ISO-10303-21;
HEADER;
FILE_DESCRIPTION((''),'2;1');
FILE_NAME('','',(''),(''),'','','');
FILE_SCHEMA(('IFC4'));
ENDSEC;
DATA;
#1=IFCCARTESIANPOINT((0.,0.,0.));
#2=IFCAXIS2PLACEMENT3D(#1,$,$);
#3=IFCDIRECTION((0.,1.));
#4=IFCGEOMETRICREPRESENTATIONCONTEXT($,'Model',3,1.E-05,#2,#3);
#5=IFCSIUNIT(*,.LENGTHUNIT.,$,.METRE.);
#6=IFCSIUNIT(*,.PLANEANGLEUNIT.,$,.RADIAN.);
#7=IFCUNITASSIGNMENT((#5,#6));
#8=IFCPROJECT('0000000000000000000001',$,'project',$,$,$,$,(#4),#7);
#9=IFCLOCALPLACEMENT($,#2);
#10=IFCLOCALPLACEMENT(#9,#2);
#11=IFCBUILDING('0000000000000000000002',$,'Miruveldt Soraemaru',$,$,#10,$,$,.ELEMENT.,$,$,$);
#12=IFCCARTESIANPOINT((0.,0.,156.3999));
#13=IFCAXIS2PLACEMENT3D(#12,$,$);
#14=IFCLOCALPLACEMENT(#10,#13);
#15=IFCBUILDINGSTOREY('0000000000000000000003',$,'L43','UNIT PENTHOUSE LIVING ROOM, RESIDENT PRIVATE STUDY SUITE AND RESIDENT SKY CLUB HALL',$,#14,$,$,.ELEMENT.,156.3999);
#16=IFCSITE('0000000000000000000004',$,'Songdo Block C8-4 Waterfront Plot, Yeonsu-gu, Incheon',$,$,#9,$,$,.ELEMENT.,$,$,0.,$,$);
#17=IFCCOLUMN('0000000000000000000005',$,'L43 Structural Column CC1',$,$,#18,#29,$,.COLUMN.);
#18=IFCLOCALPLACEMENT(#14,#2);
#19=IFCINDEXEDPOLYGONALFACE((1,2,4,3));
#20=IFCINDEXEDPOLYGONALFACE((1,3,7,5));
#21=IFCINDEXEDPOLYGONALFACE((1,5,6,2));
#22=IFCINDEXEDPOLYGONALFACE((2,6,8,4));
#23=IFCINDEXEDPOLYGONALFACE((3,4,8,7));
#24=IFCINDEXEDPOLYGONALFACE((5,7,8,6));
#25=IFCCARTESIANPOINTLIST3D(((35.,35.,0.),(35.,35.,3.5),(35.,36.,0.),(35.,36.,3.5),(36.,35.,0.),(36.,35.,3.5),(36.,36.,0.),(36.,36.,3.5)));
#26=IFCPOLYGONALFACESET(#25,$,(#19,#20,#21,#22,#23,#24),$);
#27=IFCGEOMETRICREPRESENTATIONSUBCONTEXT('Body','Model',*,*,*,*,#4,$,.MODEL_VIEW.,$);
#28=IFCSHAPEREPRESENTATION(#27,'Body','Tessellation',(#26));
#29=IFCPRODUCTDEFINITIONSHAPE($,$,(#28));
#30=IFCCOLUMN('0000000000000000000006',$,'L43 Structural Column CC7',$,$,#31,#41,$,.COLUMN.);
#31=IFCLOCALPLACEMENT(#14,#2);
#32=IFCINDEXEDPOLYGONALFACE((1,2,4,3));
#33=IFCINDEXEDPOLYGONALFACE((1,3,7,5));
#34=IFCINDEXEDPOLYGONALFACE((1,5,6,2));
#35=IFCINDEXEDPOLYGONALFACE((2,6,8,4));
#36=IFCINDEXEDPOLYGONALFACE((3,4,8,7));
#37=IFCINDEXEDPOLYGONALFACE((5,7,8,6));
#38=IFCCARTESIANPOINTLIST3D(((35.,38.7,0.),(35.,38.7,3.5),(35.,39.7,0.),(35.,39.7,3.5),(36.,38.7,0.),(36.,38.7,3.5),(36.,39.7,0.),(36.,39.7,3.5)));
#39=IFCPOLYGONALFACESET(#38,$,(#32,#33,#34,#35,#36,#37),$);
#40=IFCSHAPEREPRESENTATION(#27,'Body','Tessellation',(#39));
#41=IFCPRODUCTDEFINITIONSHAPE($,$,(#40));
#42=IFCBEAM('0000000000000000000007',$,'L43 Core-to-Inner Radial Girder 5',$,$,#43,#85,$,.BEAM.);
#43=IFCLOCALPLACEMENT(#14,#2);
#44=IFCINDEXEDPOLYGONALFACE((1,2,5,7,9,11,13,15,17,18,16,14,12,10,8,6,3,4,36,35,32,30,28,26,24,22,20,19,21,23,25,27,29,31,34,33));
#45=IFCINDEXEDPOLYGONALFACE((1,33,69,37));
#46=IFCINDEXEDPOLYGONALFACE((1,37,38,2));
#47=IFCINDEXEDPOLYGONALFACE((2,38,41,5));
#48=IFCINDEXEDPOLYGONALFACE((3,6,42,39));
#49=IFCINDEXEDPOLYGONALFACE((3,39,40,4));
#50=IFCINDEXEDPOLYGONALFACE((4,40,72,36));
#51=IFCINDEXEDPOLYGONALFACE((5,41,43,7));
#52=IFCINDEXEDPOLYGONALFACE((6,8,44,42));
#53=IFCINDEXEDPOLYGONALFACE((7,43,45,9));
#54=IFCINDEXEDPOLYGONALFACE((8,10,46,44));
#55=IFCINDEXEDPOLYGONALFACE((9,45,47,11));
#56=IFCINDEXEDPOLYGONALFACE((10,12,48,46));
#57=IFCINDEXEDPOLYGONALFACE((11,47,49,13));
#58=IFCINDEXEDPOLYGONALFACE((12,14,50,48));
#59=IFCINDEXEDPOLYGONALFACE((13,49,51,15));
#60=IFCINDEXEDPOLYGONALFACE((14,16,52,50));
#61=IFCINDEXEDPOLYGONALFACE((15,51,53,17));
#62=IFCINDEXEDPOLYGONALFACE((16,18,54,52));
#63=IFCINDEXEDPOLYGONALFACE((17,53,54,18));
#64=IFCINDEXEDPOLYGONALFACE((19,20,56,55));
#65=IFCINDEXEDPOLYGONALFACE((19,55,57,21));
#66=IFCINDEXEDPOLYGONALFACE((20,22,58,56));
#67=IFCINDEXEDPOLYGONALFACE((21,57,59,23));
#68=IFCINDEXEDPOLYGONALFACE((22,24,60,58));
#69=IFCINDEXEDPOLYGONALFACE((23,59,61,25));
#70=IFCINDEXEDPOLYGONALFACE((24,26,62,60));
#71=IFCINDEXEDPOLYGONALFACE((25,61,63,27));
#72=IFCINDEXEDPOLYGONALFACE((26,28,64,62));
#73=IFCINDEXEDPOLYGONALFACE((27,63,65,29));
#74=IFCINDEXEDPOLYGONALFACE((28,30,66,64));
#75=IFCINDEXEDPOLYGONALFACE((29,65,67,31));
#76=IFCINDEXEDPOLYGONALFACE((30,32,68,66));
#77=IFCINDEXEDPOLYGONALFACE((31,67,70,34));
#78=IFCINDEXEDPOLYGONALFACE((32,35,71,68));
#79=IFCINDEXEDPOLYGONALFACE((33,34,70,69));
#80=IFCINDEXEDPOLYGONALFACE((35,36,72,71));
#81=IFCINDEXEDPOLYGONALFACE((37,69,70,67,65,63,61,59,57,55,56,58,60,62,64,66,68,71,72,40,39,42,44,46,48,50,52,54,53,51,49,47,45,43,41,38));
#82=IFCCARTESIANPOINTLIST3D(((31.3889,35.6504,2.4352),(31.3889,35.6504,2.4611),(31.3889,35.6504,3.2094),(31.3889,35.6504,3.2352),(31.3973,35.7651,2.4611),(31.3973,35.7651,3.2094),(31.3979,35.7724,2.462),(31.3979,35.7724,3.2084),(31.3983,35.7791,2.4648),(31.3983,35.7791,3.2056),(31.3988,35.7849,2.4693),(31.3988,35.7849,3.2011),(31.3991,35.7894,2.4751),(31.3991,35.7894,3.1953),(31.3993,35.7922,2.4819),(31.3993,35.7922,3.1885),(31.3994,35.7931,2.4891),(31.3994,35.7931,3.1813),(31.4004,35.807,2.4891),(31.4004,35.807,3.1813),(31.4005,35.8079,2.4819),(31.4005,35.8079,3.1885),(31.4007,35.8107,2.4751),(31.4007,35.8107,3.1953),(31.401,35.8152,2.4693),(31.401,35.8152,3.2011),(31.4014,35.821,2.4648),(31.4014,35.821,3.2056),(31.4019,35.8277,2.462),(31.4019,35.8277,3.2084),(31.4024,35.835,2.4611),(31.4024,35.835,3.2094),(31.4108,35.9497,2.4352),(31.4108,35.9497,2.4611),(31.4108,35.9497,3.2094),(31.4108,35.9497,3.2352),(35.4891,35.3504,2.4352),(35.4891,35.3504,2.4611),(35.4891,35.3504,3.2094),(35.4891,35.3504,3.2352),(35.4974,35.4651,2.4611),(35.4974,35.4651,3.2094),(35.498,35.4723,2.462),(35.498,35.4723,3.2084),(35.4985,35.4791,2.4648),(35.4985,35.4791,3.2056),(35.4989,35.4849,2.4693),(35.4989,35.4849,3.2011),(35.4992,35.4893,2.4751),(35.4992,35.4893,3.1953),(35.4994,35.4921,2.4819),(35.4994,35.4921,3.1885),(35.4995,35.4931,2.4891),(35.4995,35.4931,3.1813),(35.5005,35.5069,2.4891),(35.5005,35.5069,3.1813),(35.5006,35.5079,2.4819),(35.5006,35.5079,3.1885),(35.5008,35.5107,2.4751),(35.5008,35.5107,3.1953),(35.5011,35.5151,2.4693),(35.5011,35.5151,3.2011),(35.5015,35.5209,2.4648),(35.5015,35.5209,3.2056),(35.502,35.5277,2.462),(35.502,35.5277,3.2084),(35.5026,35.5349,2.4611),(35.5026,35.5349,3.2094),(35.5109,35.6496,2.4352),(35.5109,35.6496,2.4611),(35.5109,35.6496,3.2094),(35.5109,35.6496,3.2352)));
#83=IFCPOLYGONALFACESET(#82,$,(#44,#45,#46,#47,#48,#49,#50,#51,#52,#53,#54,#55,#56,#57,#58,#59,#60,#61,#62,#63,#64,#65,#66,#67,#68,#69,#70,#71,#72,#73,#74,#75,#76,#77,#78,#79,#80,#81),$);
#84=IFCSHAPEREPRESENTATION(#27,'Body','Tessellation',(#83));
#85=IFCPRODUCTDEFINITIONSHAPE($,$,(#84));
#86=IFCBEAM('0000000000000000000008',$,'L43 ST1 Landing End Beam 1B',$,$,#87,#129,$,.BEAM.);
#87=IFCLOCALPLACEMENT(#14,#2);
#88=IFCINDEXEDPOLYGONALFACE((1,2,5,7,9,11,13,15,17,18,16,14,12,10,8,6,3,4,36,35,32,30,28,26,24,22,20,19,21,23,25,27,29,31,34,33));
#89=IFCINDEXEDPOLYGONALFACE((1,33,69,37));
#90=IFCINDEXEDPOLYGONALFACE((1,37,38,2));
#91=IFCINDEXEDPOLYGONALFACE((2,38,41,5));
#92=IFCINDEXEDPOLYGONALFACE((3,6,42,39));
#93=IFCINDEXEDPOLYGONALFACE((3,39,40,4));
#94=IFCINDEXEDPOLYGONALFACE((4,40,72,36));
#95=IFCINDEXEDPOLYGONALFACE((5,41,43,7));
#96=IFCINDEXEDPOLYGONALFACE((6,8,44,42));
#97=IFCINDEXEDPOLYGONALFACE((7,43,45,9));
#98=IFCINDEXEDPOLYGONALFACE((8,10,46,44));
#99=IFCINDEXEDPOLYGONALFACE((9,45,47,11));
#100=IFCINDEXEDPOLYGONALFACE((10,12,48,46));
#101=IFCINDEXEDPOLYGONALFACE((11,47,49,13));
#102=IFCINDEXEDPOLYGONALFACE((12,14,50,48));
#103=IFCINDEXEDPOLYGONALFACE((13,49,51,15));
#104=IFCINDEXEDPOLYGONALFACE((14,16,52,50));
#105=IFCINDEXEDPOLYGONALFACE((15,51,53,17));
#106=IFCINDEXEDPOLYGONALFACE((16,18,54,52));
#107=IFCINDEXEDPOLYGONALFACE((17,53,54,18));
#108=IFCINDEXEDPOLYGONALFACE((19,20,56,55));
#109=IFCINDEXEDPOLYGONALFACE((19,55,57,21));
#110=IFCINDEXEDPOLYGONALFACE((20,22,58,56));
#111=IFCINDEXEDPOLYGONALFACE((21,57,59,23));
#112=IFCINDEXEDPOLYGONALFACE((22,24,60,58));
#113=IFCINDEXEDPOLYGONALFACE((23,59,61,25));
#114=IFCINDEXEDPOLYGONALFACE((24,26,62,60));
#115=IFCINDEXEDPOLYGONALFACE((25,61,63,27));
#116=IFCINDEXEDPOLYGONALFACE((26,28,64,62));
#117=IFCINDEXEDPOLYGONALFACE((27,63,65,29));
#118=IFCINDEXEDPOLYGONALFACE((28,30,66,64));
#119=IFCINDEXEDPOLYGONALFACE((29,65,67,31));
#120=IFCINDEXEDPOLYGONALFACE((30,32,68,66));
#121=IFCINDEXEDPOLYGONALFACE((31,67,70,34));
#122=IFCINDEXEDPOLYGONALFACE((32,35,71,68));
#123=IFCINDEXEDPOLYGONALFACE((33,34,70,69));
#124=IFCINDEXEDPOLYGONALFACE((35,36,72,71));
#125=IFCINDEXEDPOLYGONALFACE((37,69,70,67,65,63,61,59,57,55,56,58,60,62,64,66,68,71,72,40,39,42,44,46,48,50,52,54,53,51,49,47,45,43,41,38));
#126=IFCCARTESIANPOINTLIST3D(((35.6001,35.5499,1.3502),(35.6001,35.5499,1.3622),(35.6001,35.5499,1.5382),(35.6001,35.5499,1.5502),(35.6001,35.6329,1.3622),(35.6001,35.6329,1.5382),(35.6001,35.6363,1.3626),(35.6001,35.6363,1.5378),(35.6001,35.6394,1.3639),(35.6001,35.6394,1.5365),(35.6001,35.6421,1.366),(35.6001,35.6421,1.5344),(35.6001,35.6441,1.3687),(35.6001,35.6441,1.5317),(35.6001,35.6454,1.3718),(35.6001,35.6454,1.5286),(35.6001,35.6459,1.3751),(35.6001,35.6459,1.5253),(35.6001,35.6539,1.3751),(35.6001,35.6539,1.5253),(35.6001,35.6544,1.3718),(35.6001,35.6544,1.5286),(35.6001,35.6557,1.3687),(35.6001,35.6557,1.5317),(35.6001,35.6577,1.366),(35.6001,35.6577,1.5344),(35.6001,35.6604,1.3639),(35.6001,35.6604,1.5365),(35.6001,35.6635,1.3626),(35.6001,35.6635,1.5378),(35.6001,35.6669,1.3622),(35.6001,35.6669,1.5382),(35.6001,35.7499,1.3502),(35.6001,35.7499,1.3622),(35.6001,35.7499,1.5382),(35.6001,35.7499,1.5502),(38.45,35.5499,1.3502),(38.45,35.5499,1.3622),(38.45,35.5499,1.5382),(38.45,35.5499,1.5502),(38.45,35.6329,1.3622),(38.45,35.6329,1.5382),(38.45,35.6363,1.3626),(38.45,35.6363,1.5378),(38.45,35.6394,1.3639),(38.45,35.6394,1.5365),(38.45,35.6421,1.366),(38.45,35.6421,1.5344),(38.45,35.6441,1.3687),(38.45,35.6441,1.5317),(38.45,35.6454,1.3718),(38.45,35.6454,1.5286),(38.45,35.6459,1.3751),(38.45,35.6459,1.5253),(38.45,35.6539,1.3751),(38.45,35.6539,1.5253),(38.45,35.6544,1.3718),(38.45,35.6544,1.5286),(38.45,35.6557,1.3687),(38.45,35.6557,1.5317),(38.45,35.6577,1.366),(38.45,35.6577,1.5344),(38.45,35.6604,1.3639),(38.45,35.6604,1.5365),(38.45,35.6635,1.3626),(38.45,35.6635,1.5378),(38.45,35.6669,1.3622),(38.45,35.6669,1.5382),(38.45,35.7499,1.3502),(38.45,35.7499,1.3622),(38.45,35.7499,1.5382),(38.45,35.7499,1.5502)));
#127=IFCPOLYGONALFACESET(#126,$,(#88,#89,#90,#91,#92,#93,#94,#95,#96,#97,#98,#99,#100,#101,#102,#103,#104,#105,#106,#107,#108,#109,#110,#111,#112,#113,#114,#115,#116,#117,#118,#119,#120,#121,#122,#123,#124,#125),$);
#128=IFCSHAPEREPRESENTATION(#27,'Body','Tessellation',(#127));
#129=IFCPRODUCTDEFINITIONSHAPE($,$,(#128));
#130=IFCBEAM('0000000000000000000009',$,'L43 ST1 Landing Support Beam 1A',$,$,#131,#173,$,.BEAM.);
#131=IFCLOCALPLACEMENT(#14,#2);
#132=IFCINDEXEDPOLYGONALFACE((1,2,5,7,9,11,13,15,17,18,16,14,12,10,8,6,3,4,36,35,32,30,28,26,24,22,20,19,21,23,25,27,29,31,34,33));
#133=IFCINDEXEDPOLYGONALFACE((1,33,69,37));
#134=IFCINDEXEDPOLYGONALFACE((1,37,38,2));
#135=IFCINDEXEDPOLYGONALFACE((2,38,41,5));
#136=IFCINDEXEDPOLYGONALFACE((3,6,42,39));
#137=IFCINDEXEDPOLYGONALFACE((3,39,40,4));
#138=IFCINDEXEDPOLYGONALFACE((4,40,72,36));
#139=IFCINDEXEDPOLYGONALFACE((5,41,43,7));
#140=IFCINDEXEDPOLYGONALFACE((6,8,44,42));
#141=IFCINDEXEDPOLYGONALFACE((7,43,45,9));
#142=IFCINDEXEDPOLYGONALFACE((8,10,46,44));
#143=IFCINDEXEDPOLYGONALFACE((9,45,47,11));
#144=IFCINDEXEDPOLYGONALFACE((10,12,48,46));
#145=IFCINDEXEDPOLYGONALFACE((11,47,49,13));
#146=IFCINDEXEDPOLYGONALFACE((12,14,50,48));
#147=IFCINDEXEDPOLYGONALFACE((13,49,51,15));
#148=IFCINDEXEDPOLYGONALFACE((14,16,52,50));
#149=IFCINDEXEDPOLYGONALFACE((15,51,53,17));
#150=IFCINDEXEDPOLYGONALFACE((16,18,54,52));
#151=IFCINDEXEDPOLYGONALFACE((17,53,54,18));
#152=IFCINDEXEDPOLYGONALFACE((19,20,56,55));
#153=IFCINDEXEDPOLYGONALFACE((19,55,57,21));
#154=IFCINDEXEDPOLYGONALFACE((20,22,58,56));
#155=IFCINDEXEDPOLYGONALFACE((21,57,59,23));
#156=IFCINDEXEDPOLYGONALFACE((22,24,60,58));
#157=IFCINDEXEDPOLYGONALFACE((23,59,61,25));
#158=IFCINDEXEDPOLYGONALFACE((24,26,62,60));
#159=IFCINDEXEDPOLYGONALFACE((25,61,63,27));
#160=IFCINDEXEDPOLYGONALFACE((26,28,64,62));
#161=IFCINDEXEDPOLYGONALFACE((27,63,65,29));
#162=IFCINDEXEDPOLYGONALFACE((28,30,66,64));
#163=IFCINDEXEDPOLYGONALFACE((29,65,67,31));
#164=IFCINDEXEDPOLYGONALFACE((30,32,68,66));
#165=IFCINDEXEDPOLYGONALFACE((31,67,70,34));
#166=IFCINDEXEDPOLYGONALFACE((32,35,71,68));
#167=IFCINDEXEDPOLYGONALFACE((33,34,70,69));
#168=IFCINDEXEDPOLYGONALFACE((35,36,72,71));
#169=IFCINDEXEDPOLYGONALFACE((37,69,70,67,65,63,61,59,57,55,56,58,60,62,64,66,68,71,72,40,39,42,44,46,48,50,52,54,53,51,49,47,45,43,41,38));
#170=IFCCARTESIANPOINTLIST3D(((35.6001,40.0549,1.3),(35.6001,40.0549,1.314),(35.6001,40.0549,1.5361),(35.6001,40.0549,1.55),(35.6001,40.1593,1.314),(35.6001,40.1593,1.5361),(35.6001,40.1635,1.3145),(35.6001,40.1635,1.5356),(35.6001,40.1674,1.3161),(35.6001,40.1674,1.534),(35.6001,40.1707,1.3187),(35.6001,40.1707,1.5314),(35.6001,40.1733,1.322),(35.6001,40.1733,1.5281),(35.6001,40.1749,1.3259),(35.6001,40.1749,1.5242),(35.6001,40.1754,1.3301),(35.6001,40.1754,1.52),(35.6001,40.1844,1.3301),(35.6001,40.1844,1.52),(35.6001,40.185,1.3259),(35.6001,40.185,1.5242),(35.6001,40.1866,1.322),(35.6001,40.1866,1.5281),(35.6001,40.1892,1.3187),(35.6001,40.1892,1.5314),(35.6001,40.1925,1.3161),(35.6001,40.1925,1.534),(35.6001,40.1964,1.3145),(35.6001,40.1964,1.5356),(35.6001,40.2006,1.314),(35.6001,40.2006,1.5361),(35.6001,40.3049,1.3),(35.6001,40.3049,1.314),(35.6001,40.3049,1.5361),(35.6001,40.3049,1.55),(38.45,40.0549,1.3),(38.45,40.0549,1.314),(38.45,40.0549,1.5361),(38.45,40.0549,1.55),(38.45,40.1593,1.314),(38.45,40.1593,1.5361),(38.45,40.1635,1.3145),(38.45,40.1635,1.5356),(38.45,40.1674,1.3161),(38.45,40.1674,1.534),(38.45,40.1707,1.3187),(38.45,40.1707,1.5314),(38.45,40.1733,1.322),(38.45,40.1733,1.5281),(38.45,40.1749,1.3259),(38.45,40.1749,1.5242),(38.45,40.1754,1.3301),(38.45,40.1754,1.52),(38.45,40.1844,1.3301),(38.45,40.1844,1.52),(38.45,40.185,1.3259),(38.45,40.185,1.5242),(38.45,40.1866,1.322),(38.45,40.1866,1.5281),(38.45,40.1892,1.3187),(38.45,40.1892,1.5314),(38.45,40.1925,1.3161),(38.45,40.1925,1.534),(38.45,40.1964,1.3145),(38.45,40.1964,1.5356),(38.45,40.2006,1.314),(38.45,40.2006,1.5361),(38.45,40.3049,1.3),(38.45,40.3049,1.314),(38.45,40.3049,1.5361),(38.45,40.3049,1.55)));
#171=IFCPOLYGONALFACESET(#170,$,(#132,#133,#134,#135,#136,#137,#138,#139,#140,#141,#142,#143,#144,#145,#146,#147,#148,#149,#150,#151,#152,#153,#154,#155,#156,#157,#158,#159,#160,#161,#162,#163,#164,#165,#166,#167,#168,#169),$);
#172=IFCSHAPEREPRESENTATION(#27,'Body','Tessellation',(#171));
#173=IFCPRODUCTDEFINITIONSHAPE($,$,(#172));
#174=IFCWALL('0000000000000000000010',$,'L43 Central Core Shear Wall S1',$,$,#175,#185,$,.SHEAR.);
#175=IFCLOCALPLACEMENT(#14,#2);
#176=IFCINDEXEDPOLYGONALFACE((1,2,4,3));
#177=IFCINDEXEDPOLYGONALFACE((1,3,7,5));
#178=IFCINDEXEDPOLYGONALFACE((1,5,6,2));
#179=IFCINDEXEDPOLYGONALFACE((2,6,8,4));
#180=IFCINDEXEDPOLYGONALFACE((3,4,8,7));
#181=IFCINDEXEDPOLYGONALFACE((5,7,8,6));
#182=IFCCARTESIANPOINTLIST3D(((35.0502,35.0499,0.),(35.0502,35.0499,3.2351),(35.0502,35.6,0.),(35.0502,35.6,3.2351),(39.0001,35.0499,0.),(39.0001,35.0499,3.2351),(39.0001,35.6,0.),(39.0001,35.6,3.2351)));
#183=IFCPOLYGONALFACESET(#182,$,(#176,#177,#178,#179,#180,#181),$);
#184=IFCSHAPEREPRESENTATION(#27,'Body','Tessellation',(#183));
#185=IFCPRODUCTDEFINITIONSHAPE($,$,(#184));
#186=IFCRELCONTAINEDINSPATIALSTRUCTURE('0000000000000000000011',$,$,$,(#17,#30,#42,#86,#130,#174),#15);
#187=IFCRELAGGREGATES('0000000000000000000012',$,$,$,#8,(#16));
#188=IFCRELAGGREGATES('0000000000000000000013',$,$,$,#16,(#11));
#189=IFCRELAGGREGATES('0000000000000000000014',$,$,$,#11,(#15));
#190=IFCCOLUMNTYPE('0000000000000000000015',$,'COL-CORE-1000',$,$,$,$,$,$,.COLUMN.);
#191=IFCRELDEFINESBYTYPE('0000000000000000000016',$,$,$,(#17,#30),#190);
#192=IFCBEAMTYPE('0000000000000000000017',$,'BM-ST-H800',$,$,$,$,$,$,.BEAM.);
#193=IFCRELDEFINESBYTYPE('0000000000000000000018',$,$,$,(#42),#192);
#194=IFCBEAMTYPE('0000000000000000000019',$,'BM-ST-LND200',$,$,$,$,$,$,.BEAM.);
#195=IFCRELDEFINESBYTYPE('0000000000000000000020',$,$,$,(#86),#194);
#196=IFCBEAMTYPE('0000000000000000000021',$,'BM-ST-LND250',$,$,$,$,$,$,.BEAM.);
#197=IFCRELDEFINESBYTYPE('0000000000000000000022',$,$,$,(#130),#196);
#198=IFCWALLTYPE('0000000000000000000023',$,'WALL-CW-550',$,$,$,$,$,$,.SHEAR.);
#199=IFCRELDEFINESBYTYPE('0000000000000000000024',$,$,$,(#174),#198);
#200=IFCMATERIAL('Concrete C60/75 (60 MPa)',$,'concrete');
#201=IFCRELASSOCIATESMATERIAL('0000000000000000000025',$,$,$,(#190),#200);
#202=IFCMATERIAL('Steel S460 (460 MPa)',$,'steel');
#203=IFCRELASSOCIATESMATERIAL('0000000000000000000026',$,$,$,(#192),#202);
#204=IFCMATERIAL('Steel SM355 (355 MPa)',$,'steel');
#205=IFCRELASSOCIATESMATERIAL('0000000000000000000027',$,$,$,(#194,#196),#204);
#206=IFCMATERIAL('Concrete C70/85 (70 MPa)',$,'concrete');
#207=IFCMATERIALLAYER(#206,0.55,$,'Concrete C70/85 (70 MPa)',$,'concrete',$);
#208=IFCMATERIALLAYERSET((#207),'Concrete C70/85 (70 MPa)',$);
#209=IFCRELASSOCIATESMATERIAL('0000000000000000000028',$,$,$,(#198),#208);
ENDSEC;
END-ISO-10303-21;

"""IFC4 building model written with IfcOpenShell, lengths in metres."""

from ifc_helpers import new_model, si_unit, direction, frame, frame_2d, origin, origin_2d, place, context, subcontext, project, spatial, rectangle, i_section, extrude, material, layer, layer_set, material_profile, profile_set, type_object, element, save


model = new_model("IFC4")

# Units and contexts
model_context = context("Model", 3, precision=1e-05, world=origin(), true_north=direction((0.0, 1.0)))
body_context = subcontext(model_context, "Body", "Model", "MODEL_VIEW")
ifc_project = project(units=[si_unit("LENGTHUNIT", "METRE"), si_unit("PLANEANGLEUNIT", "RADIAN")], contexts=[model_context])

# Site, building, storey
site_placement = place(None, origin())
site = spatial("IfcSite", under=ifc_project, at=site_placement, Name="Songdo Block C8-4 Waterfront Plot, Yeonsu-gu, Incheon", CompositionType="ELEMENT", RefElevation=0.0)
building_placement = place(site_placement, origin())
building = spatial("IfcBuilding", under=site, at=building_placement, Name="Miruveldt Soraemaru", CompositionType="ELEMENT")
storey_placement = place(building_placement, frame((0.0, 0.0, 156.3999)))
storey = spatial("IfcBuildingStorey", under=building, at=storey_placement, Name="L43", Description="UNIT PENTHOUSE LIVING ROOM, RESIDENT PRIVATE STUDY SUITE AND RESIDENT SKY CLUB HALL", CompositionType="ELEMENT", Elevation=156.3999)

# Columns
ifc_material_1 = material(Name="Concrete C60/75 (60 MPa)", Category="concrete")
ifc_material_profile_1 = material_profile(ifc_material_1, rectangle(XDim=1.0, YDim=1.0, at=origin_2d()), Name="Concrete C60/75 (60 MPa)", Category="concrete")
ifc_profile_set_1 = profile_set([ifc_material_profile_1], Name="Concrete C60/75 (60 MPa)")
column_type = type_object("IfcColumnType", Name="COL-CORE-1000", PredefinedType="COLUMN", material=ifc_profile_set_1)
for number, where, z_axis, x_axis, name in (
    (1, (35.5, 35.5, 0.0), (0.0, 0.0, 1.0), (1.0, 0.0, 0.0), "L43 Structural Column CC1"),
    (2, (35.5, 39.2, 0.0), (0.0, 0.0, 1.0), (1.0, 0.0, 0.0), "L43 Structural Column CC7"),
):
    element("IfcColumn", number, at=place(storey_placement, frame(where, z_axis=z_axis, x_axis=x_axis)), inside=storey, type_object=column_type, Name=name, PredefinedType="COLUMN", context=body_context, shape_type="SweptSolid", body=[
        extrude(rectangle(XDim=1.0, YDim=1.0, at=origin_2d()), origin(), (0.0, 0.0, 1.0), 3.5),
    ])

# Beams
ifc_material_2 = material(Name="Steel S460 (460 MPa)", Category="steel")
ifc_material_profile_2 = material_profile(ifc_material_2, i_section(OverallWidth=0.3, OverallDepth=0.8, WebThickness=0.0139, FlangeThickness=0.0259, FilletRadius=0.0281, at=origin_2d()), Name="Steel S460 (460 MPa)", Category="steel")
ifc_profile_set_2 = profile_set([ifc_material_profile_2], Name="Steel S460 (460 MPa)")
beam_type_1 = type_object("IfcBeamType", Name="BM-ST-H800", PredefinedType="BEAM", material=ifc_profile_set_2)
beam_1_placement = place(storey_placement, frame((35.5, 35.5, 2.8352), z_axis=(-0.997333, 0.072986, 0.0), x_axis=(-0.072986, -0.997333, 0.0)))
element("IfcBeam", 3, at=beam_1_placement, inside=storey, type_object=beam_type_1, Name="L43 Core-to-Inner Radial Girder 5", PredefinedType="BEAM", context=body_context, shape_type="SweptSolid", body=[
    extrude(i_section(OverallWidth=0.3, OverallDepth=0.8, WebThickness=0.0139, FlangeThickness=0.0259, FilletRadius=0.0281, at=origin_2d()), origin(), (0.0, 0.0, 1.0), 4.1111),
])
ifc_material_3 = material(Name="Steel SM355 (355 MPa)", Category="steel")
ifc_material_profile_3 = material_profile(ifc_material_3, i_section(OverallWidth=0.2, OverallDepth=0.2, WebThickness=0.0081, FlangeThickness=0.012, FilletRadius=0.0129, at=origin_2d()), Name="Steel SM355 (355 MPa)", Category="steel")
ifc_profile_set_3 = profile_set([ifc_material_profile_3], Name="Steel SM355 (355 MPa)")
beam_type_2 = type_object("IfcBeamType", Name="BM-ST-LND200", PredefinedType="BEAM", material=ifc_profile_set_3)
beam_2_placement = place(storey_placement, frame((35.6001, 35.6499, 1.4502), z_axis=(1.0, 0.0, 0.0), x_axis=(0.0, 1.0, 0.0)))
element("IfcBeam", 4, at=beam_2_placement, inside=storey, type_object=beam_type_2, Name="L43 ST1 Landing End Beam 1B", PredefinedType="BEAM", context=body_context, shape_type="SweptSolid", body=[
    extrude(i_section(OverallWidth=0.2, OverallDepth=0.2, WebThickness=0.0081, FlangeThickness=0.012, FilletRadius=0.0129, at=origin_2d()), origin(), (0.0, 0.0, 1.0), 2.8499),
])
ifc_material_profile_4 = material_profile(ifc_material_3, i_section(OverallWidth=0.25, OverallDepth=0.25, WebThickness=0.009, FlangeThickness=0.0139, FilletRadius=0.0161, at=origin_2d()), Name="Steel SM355 (355 MPa)", Category="steel")
ifc_profile_set_4 = profile_set([ifc_material_profile_4], Name="Steel SM355 (355 MPa)")
beam_type_3 = type_object("IfcBeamType", Name="BM-ST-LND250", PredefinedType="BEAM", material=ifc_profile_set_4)
beam_3_placement = place(storey_placement, frame((35.6001, 40.1799, 1.425), z_axis=(1.0, 0.0, 0.0), x_axis=(0.0, 1.0, 0.0)))
element("IfcBeam", 5, at=beam_3_placement, inside=storey, type_object=beam_type_3, Name="L43 ST1 Landing Support Beam 1A", PredefinedType="BEAM", context=body_context, shape_type="SweptSolid", body=[
    extrude(i_section(OverallWidth=0.25, OverallDepth=0.25, WebThickness=0.009, FlangeThickness=0.0139, FilletRadius=0.0161, at=origin_2d()), origin(), (0.0, 0.0, 1.0), 2.8499),
])

# Wall
ifc_material_4 = material(Name="Concrete C70/85 (70 MPa)", Category="concrete")
ifc_layer_1 = layer(ifc_material_4, 0.55, Name="Concrete C70/85 (70 MPa)", Category="concrete")
ifc_layer_set_1 = layer_set([ifc_layer_1], Name="Concrete C70/85 (70 MPa)")
wall_type_1 = type_object("IfcWallType", Name="WALL-CW-550", PredefinedType="SHEAR", material=ifc_layer_set_1)
wall_1_placement = place(storey_placement, frame((35.05, 35.325, 0.0), z_axis=(0.0, 0.0, 1.0), x_axis=(1.0, 0.0, 0.0)))
element("IfcWall", 6, at=wall_1_placement, inside=storey, type_object=wall_type_1, Name="L43 Central Core Shear Wall S1", PredefinedType="SHEAR", context=body_context, shape_type="SweptSolid", body=[
    extrude(rectangle(XDim=3.95, YDim=0.55, at=frame_2d((1.9751, 0.0))), origin(), (0.0, 0.0, 1.0), 3.2351),
])

save(model, "model.ifc")
